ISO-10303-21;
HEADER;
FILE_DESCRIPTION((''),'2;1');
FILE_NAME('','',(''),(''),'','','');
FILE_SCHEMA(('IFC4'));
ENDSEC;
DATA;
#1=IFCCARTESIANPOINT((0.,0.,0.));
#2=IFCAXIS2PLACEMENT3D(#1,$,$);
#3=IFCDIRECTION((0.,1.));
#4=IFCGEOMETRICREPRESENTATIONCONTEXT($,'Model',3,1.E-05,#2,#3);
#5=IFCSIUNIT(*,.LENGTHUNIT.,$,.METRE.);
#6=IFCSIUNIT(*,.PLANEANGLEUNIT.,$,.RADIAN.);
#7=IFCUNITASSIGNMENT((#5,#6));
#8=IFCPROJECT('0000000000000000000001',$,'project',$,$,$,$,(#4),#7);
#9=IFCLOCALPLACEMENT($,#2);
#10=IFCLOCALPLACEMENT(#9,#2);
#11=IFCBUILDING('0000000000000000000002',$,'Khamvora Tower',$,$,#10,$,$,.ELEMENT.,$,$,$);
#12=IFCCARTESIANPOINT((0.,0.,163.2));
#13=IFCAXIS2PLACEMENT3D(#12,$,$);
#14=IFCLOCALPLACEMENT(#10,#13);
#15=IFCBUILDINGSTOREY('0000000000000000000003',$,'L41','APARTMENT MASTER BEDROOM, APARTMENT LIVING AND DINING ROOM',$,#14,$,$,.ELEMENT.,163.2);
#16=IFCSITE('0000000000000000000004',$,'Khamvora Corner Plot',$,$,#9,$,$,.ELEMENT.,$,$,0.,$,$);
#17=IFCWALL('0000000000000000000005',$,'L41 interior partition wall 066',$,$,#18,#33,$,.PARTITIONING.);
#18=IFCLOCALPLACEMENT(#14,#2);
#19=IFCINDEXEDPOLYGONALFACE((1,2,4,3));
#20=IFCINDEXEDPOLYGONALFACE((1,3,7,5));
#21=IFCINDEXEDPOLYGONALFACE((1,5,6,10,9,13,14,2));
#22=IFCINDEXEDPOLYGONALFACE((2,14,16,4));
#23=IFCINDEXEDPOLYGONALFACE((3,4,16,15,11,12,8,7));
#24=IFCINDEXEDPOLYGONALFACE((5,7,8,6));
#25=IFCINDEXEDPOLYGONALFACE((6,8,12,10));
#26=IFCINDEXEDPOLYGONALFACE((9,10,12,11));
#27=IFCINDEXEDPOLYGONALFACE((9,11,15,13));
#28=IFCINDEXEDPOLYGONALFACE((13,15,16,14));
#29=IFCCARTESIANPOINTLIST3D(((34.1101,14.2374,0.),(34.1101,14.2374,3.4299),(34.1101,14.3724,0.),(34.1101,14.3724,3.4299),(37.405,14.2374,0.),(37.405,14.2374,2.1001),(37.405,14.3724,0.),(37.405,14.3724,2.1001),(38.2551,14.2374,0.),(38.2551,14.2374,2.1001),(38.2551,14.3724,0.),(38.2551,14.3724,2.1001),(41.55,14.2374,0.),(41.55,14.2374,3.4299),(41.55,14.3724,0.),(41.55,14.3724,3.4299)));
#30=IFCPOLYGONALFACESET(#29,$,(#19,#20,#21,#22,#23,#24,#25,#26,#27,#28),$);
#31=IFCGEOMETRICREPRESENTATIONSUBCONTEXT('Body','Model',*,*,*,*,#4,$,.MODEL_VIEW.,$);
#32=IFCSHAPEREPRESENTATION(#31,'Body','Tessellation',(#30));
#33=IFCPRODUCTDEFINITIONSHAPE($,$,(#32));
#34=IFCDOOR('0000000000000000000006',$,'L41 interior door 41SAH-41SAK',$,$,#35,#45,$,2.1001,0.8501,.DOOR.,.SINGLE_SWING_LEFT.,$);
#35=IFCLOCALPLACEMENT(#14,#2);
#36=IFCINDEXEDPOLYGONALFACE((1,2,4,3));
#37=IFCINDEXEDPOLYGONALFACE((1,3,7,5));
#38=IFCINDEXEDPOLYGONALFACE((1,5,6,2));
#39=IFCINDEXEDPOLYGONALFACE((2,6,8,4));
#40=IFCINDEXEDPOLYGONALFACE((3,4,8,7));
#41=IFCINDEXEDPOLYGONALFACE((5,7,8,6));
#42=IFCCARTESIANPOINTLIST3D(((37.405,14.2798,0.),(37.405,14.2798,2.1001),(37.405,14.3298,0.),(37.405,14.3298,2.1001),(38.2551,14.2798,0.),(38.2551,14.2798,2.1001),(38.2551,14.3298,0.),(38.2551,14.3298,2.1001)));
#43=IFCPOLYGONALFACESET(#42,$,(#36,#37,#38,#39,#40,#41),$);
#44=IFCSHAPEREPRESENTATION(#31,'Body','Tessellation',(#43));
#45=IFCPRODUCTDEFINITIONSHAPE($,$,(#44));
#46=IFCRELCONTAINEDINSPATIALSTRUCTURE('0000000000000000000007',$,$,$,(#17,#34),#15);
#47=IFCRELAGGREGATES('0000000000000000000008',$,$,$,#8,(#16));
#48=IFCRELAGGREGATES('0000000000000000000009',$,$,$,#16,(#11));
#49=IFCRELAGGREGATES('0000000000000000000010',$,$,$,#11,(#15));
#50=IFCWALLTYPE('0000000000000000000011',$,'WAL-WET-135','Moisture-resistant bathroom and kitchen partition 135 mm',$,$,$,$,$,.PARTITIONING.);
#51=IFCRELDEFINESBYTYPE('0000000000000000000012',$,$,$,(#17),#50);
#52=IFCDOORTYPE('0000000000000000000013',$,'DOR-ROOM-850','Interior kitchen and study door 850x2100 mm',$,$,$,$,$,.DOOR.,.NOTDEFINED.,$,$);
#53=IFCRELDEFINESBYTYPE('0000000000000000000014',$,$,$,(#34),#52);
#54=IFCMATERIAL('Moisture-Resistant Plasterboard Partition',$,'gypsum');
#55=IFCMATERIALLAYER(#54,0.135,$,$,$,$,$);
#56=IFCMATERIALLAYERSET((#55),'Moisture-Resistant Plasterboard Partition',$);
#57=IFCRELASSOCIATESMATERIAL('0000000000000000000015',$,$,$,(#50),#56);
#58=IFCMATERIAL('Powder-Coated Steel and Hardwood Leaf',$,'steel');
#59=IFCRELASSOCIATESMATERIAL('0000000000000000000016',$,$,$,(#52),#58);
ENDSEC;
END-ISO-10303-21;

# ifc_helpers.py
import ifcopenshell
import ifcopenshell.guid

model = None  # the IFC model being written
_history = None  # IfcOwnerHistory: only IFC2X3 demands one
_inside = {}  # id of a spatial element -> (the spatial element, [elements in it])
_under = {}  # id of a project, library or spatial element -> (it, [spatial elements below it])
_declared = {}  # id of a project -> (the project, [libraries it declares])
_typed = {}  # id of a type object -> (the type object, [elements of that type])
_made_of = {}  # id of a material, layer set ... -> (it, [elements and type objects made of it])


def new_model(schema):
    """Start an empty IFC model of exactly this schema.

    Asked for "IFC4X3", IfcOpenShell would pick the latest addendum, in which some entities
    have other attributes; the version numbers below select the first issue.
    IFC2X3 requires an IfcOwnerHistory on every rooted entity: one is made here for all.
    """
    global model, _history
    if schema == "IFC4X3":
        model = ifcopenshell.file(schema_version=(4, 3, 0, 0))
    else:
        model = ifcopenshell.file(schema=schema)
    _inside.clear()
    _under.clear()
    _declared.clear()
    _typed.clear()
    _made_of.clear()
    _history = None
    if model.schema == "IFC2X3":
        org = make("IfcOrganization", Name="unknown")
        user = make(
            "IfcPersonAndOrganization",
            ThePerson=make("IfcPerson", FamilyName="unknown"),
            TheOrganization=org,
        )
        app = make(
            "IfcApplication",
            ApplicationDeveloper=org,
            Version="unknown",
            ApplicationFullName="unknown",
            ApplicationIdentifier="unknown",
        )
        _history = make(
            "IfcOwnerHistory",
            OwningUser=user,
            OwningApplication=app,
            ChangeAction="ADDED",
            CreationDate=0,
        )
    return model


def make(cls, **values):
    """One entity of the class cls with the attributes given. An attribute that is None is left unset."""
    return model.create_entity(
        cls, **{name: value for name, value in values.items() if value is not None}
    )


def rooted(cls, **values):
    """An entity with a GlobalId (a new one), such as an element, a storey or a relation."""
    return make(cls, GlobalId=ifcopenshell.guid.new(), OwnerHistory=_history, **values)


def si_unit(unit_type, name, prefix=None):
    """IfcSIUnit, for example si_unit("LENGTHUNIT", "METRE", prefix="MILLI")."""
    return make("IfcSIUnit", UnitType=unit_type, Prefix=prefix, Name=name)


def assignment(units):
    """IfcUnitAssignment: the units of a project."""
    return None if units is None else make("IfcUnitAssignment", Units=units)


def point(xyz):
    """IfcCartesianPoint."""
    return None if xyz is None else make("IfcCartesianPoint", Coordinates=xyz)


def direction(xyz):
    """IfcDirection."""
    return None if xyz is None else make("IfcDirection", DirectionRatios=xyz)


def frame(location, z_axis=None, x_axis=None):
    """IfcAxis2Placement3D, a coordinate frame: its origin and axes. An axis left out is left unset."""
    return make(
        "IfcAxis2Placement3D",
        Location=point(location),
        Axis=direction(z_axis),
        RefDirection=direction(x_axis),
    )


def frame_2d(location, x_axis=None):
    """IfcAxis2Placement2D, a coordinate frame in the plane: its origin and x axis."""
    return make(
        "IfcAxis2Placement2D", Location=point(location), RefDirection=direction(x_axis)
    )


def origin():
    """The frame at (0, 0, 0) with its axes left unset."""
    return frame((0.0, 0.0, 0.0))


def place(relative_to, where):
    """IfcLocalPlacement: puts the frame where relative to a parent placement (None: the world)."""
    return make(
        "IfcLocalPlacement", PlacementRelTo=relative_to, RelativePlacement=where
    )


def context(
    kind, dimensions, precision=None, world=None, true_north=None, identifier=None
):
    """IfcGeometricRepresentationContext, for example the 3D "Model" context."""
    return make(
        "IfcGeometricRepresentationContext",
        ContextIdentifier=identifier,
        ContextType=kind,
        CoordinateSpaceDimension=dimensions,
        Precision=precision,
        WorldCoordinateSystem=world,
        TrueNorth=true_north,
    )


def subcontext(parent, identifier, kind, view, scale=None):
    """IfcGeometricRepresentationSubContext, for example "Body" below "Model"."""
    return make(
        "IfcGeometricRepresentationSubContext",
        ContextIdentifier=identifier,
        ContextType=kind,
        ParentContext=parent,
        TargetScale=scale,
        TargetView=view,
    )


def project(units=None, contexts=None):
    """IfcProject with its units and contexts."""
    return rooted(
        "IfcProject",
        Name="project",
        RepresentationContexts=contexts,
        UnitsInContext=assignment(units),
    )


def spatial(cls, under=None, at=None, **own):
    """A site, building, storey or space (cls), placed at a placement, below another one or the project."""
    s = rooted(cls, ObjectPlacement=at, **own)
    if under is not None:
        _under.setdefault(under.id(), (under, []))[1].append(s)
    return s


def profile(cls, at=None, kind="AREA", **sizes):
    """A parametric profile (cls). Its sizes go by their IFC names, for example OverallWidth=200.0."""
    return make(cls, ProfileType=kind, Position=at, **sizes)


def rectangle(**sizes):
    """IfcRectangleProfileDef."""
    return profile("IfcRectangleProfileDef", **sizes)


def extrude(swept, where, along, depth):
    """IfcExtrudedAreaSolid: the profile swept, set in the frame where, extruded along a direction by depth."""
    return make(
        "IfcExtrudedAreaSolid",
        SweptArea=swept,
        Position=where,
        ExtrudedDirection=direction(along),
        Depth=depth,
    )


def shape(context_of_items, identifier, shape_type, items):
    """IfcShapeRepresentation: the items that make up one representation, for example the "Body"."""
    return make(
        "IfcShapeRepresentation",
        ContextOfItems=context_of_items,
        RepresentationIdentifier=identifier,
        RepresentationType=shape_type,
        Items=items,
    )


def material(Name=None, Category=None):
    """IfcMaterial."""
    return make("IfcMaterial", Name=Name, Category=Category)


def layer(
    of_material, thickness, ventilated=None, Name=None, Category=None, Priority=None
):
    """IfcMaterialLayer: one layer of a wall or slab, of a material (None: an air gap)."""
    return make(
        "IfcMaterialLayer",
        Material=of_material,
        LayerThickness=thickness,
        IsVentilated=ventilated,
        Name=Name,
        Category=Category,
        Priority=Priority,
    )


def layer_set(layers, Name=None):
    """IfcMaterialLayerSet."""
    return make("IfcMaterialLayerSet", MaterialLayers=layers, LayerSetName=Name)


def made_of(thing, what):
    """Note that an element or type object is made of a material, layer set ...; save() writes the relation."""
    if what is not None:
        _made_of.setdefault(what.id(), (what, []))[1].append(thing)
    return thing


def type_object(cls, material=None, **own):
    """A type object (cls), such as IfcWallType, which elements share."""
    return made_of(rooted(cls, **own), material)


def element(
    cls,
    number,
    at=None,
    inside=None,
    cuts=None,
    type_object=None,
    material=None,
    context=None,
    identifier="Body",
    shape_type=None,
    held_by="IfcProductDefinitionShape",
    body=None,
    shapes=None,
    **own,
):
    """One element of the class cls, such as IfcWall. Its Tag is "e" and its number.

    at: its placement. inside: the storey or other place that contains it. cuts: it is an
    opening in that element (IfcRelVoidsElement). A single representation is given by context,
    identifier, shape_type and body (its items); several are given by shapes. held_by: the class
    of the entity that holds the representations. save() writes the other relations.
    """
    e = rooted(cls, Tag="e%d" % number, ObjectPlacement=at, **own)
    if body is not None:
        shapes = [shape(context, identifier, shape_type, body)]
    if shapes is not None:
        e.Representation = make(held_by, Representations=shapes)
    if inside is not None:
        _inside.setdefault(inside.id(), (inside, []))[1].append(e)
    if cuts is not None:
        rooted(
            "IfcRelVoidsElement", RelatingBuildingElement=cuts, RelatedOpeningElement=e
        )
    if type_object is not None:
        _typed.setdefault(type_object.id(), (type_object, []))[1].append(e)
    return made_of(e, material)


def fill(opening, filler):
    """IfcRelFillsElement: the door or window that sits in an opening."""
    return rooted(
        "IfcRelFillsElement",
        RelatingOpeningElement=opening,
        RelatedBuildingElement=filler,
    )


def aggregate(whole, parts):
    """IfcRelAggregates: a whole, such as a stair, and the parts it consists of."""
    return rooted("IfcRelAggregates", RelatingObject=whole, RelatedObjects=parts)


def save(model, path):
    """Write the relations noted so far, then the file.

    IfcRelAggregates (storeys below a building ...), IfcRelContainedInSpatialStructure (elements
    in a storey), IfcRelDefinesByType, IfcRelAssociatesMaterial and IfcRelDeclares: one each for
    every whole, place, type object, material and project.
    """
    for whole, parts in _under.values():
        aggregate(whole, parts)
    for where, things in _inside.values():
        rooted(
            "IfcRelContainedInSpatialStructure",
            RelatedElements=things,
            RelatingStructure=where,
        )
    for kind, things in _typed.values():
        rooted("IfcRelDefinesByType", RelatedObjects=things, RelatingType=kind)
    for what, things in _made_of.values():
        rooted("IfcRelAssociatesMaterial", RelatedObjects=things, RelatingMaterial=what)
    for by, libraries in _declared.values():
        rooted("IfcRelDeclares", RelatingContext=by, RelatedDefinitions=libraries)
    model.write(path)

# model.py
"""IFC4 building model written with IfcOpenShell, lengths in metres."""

from ifc_helpers import new_model, si_unit, direction, frame, frame_2d, origin, place, context, subcontext, project, spatial, rectangle, extrude, material, layer, layer_set, type_object, element, fill, save


model = new_model("IFC4")

# Units and contexts
model_context = context("Model", 3, precision=1e-05, world=origin(), true_north=direction((0.0, 1.0)))
body_context = subcontext(model_context, "Body", "Model", "MODEL_VIEW")
ifc_project = project(units=[si_unit("LENGTHUNIT", "METRE"), si_unit("PLANEANGLEUNIT", "RADIAN")], contexts=[model_context])

# Site, building, storey
site_placement = place(None, origin())
site = spatial("IfcSite", under=ifc_project, at=site_placement, Name="Khamvora Corner Plot", CompositionType="ELEMENT", RefElevation=0.0)
building_placement = place(site_placement, origin())
building = spatial("IfcBuilding", under=site, at=building_placement, Name="Khamvora Tower", CompositionType="ELEMENT")
storey_placement = place(building_placement, frame((0.0, 0.0, 163.2)))
storey = spatial("IfcBuildingStorey", under=building, at=storey_placement, Name="L41", Description="APARTMENT MASTER BEDROOM, APARTMENT LIVING AND DINING ROOM", CompositionType="ELEMENT", Elevation=163.2)

# Shared definitions
ifc_material_1 = material(Name="Powder-Coated Steel and Hardwood Leaf", Category="steel")

# Shared definitions
ifc_material_2 = material(Name="Moisture-Resistant Plasterboard Partition", Category="gypsum")
ifc_layer_1 = layer(ifc_material_2, 0.135)
ifc_layer_set_1 = layer_set([ifc_layer_1], Name="Moisture-Resistant Plasterboard Partition")
wall_type_1 = type_object("IfcWallType", Name="WAL-WET-135", Description="Moisture-resistant bathroom and kitchen partition 135 mm", PredefinedType="PARTITIONING", material=ifc_layer_set_1)

# Wall, opening, door
wall_1_placement = place(storey_placement, frame((34.1101, 14.3049, 0.0), z_axis=(0.0, 0.0, 1.0), x_axis=(1.0, 0.0, 0.0)))
wall_1 = element("IfcWall", 1, at=wall_1_placement, inside=storey, type_object=wall_type_1, Name="L41 interior partition wall 066", PredefinedType="PARTITIONING", context=body_context, shape_type="SweptSolid", body=[
    extrude(rectangle(XDim=7.4399, YDim=0.135, at=frame_2d((3.72, 0.0))), origin(), (0.0, 0.0, 1.0), 3.4299),
])
opening_1_placement = place(wall_1_placement, frame((3.2949, 0.0, 0.0)))
opening_1 = element("IfcOpeningElement", 2, at=opening_1_placement, cuts=wall_1, PredefinedType="OPENING", context=body_context, shape_type="SweptSolid", body=[
    extrude(rectangle(XDim=0.8501, YDim=2.1001, at=frame_2d((0.425, 1.05))), frame((0.0, 0.0774, 0.0), z_axis=(0.0, -1.0, 0.0), x_axis=(1.0, 0.0, 0.0)), (0.0, 0.0, 1.0), 0.155),
])
door_type_1 = type_object("IfcDoorType", Name="DOR-ROOM-850", Description="Interior kitchen and study door 850x2100 mm", OperationType="NOTDEFINED", PredefinedType="DOOR", material=ifc_material_1)
door_1_placement = place(opening_1_placement, origin())
door_1 = element("IfcDoor", 3, at=door_1_placement, inside=storey, type_object=door_type_1, Name="L41 interior door 41SAH-41SAK", OperationType="SINGLE_SWING_LEFT", OverallHeight=2.1001, OverallWidth=0.8501, PredefinedType="DOOR", context=body_context, shape_type="SweptSolid", body=[
    extrude(rectangle(XDim=0.8501, YDim=2.1001, at=frame_2d((0.425, 1.05))), frame((0.0, 0.0249, 0.0), z_axis=(0.0, -1.0, 0.0), x_axis=(1.0, 0.0, 0.0)), (0.0, 0.0, 1.0), 0.05),
])
fill(opening_1, door_1)

save(model, "model.ifc")
